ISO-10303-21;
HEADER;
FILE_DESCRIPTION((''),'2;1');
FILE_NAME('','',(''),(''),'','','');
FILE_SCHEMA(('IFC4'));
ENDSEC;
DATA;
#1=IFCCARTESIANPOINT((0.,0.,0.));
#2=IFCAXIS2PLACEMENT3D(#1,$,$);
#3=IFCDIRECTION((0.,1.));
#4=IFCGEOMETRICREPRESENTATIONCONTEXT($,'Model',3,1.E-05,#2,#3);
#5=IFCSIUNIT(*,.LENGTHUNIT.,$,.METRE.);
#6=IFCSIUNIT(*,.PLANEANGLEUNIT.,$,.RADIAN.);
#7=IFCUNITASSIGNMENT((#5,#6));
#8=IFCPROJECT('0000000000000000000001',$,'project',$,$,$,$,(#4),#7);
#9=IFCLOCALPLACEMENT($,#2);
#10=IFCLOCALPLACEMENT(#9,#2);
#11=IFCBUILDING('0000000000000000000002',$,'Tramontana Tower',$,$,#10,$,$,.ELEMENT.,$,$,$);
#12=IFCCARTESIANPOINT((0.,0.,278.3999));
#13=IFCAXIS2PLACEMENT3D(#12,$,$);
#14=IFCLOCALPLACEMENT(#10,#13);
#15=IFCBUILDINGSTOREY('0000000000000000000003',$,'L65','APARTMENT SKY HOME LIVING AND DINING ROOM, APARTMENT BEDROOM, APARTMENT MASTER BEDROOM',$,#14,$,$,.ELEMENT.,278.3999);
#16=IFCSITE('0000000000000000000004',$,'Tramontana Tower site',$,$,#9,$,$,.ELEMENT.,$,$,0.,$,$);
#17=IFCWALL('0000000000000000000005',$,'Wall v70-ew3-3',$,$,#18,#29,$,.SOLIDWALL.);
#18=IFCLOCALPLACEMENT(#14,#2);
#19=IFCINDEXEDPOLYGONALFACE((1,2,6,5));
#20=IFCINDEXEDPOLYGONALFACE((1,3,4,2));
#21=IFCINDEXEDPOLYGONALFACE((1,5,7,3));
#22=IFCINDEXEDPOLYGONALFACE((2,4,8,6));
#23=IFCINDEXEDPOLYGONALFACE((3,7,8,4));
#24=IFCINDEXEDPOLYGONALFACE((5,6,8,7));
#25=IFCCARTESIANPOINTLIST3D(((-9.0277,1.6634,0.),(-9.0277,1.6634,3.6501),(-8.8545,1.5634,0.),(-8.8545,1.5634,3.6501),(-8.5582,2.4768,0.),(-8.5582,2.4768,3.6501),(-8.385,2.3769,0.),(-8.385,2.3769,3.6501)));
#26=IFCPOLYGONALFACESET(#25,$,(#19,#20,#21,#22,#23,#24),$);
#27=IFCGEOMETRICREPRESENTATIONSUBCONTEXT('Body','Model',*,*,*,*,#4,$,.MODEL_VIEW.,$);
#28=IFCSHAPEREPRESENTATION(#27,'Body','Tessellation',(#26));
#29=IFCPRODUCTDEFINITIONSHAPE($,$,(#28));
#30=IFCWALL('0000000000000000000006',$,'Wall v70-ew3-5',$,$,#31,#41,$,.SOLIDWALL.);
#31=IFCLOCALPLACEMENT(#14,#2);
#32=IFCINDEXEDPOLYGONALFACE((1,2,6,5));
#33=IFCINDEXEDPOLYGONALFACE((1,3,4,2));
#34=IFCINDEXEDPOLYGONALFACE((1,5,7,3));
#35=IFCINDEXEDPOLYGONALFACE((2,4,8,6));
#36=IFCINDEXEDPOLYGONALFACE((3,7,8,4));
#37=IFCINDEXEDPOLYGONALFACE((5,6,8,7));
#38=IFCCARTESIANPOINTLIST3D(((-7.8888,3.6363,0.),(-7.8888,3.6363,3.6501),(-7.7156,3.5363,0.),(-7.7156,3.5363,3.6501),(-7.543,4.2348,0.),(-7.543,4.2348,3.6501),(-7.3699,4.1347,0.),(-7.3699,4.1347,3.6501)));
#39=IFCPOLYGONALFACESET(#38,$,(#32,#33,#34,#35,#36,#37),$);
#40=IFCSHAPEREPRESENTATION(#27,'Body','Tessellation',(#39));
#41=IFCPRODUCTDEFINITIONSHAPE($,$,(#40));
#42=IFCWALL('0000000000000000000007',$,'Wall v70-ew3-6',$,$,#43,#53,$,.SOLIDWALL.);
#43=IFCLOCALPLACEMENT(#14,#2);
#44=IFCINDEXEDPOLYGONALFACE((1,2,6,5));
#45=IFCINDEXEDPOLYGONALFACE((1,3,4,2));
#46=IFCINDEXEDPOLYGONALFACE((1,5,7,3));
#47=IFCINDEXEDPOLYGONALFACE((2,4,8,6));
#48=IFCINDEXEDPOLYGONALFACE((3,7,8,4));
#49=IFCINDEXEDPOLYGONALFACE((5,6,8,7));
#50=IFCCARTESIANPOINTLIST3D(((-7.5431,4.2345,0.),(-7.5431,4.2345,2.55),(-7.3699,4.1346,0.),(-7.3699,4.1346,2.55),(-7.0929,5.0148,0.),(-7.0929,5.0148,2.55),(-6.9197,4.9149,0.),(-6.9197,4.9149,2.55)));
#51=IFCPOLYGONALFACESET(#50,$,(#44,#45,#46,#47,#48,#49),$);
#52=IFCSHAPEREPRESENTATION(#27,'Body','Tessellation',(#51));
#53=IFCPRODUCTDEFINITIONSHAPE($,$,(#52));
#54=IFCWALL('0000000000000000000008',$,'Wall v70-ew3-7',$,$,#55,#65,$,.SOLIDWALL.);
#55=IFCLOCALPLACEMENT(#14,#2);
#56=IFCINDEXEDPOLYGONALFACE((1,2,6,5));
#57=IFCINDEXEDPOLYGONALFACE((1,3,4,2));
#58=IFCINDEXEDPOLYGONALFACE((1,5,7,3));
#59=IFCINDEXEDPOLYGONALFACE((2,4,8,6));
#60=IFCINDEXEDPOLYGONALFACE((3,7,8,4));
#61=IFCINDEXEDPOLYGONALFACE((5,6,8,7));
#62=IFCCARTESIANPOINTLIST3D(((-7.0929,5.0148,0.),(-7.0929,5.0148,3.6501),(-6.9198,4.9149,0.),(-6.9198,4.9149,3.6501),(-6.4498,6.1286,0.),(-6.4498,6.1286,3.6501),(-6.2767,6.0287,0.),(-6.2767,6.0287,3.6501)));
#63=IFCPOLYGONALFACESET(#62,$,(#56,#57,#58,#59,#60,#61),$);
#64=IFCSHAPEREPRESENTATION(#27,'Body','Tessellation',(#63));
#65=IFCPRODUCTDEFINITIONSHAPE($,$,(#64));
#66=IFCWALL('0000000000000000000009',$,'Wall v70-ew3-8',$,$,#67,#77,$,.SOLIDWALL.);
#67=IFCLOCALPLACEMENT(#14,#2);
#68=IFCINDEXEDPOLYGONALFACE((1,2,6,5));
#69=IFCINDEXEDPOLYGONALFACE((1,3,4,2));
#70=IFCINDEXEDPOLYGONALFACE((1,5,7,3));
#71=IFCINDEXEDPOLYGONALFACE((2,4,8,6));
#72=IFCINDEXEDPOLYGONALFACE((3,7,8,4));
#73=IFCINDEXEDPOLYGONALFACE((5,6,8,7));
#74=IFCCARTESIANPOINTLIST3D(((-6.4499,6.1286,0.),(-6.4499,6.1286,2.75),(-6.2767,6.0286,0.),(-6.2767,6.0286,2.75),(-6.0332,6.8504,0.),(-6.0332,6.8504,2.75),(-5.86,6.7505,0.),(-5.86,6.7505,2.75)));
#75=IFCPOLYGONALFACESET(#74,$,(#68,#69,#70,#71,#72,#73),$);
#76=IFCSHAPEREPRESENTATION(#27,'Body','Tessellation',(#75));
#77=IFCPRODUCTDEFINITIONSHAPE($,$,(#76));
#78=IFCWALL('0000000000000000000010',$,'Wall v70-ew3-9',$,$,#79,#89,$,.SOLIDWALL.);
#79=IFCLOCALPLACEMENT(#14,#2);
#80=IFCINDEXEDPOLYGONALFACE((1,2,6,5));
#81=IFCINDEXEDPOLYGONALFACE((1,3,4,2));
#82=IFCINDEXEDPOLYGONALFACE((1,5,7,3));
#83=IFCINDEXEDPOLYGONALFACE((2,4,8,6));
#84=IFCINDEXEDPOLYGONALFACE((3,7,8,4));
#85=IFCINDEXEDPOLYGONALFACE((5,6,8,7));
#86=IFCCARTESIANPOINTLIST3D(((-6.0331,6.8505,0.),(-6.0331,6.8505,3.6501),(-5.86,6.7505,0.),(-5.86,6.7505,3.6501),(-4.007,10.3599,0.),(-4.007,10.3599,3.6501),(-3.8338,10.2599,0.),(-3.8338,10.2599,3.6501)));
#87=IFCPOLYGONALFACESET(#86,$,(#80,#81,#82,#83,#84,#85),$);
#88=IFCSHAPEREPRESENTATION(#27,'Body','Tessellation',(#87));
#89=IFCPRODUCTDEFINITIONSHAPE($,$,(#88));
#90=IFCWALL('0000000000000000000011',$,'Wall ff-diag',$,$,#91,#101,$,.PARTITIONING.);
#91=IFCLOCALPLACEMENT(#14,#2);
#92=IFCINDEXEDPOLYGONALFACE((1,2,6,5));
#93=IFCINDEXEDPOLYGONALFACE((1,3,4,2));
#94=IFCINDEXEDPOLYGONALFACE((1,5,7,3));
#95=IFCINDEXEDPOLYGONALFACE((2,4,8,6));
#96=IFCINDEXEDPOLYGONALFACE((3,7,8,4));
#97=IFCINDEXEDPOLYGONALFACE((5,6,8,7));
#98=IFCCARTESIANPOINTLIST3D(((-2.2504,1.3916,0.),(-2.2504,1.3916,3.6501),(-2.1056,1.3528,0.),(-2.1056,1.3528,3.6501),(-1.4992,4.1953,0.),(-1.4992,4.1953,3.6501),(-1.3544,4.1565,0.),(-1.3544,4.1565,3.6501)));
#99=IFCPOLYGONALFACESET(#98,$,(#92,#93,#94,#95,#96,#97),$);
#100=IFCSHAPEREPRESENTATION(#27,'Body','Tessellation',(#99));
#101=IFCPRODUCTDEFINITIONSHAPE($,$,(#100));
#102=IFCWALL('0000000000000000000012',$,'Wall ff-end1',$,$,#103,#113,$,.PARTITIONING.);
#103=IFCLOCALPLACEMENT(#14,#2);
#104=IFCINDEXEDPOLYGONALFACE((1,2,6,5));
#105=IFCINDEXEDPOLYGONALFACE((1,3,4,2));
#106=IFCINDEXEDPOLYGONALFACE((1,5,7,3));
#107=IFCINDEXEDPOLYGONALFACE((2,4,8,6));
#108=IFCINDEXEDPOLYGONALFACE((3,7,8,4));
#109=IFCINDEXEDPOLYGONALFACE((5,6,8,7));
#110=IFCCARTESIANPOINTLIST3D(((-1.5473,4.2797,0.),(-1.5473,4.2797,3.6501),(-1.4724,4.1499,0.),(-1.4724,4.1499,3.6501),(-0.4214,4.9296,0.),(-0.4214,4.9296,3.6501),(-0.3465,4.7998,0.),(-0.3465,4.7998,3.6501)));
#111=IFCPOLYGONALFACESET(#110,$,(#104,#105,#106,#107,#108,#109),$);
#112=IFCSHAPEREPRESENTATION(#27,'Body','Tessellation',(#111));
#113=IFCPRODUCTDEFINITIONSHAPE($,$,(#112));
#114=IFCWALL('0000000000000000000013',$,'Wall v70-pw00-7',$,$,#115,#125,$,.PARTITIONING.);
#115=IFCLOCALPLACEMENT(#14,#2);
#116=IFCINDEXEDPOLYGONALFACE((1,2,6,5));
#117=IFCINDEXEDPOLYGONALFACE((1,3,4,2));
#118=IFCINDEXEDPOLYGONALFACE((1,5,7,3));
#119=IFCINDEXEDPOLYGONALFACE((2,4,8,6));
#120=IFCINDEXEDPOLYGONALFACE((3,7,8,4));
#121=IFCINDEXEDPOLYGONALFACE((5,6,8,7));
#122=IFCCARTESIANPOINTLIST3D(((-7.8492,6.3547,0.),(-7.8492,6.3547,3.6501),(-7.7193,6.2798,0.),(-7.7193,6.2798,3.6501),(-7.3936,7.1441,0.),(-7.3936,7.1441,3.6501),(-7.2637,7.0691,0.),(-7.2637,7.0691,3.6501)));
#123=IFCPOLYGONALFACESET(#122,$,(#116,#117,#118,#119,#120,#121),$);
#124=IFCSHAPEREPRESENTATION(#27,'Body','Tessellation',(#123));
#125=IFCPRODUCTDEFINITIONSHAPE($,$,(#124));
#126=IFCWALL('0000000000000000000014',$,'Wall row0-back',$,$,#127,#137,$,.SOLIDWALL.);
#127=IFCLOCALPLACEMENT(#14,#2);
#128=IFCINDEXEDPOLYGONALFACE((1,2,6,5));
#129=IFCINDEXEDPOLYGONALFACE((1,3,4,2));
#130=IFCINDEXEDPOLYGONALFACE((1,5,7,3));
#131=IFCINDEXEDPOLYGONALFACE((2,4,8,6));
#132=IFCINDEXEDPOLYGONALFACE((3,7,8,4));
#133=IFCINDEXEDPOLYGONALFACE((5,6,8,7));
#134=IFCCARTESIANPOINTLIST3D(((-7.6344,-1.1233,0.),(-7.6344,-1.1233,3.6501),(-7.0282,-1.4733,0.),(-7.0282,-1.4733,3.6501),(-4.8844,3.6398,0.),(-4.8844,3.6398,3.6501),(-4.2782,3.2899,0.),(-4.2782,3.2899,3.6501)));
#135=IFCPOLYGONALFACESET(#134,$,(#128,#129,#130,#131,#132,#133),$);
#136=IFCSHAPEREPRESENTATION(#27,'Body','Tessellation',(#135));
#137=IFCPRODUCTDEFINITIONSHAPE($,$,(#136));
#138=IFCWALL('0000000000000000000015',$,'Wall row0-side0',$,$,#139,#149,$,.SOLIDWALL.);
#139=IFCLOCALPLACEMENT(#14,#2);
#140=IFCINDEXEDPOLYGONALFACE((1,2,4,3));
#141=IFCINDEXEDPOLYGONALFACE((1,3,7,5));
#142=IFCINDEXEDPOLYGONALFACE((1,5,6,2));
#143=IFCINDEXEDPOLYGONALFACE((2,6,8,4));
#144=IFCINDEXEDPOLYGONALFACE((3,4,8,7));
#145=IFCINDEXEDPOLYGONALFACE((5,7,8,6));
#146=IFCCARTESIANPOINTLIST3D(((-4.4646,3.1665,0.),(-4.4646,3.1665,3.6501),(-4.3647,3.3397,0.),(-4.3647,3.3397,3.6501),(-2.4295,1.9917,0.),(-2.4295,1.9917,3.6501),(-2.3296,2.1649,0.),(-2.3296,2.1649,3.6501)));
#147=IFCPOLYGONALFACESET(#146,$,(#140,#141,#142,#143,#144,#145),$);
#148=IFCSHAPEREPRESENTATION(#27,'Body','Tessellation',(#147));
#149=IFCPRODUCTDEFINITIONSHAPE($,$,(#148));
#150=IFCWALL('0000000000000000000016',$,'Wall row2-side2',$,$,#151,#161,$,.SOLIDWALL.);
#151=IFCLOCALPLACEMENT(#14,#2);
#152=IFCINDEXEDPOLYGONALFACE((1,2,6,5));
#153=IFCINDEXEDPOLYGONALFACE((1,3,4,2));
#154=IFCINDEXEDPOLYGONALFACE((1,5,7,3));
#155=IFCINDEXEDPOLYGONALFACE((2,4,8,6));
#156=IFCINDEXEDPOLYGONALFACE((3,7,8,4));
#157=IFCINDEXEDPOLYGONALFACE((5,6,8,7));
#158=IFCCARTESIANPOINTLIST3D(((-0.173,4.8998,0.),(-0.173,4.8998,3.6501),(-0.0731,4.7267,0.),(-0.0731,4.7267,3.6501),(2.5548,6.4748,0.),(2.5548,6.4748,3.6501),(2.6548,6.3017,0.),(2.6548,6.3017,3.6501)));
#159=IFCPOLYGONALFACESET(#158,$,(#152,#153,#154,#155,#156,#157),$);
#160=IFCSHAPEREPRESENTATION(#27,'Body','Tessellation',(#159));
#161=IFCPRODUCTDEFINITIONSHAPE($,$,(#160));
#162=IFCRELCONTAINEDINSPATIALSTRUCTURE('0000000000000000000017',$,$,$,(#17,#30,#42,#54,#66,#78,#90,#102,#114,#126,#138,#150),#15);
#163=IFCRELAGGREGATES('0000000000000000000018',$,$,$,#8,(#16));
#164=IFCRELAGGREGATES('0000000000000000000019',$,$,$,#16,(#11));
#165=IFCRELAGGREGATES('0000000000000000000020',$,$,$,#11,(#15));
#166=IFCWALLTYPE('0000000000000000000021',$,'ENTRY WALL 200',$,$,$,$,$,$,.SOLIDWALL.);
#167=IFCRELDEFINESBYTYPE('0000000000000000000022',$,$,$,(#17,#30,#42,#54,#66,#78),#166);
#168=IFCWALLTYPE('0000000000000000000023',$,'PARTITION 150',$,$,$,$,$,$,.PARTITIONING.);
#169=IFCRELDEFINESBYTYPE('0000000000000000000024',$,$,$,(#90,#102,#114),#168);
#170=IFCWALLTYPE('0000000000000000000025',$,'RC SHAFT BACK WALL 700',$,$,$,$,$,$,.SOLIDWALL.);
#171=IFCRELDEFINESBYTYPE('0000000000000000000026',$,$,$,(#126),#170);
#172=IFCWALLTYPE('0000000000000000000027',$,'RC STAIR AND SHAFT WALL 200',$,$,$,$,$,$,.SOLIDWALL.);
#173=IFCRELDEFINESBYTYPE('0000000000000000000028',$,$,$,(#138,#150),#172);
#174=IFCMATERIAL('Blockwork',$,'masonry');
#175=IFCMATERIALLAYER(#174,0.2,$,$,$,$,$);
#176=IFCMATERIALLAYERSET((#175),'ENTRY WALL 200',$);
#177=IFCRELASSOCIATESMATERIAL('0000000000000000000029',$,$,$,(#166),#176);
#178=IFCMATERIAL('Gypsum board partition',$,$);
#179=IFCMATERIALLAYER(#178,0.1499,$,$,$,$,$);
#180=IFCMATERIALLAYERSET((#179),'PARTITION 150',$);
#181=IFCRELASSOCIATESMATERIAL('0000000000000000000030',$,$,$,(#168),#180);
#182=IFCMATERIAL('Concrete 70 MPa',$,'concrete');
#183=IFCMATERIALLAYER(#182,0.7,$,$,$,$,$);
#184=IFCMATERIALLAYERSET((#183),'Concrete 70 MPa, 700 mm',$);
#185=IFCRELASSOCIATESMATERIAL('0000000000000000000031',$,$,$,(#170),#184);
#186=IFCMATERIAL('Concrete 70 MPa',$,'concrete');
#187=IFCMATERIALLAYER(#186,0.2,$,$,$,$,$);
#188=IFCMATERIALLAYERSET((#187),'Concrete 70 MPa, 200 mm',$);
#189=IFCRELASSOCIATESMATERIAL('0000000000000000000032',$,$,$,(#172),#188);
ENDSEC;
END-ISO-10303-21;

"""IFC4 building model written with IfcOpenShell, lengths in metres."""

from ifc_helpers import new_model, si_unit, direction, frame, frame_2d, origin, place, context, subcontext, project, spatial, rectangle, extrude, material, layer, layer_set, type_object, element, save


model = new_model("IFC4")

# Units and contexts
model_context = context("Model", 3, precision=1e-05, world=origin(), true_north=direction((0.0, 1.0)))
body_context = subcontext(model_context, "Body", "Model", "MODEL_VIEW")
ifc_project = project(units=[si_unit("LENGTHUNIT", "METRE"), si_unit("PLANEANGLEUNIT", "RADIAN")], contexts=[model_context])

# Site, building, storey
site_placement = place(None, origin())
site = spatial("IfcSite", under=ifc_project, at=site_placement, Name="Tramontana Tower site", CompositionType="ELEMENT", RefElevation=0.0)
building_placement = place(site_placement, origin())
building = spatial("IfcBuilding", under=site, at=building_placement, Name="Tramontana Tower", CompositionType="ELEMENT")
storey_placement = place(building_placement, frame((0.0, 0.0, 278.3999)))
storey = spatial("IfcBuildingStorey", under=building, at=storey_placement, Name="L65", Description="APARTMENT SKY HOME LIVING AND DINING ROOM, APARTMENT BEDROOM, APARTMENT MASTER BEDROOM", CompositionType="ELEMENT", Elevation=278.3999)

# Wall
ifc_material_1 = material(Name="Blockwork", Category="masonry")
ifc_layer_1 = layer(ifc_material_1, 0.2)
ifc_layer_set_1 = layer_set([ifc_layer_1], Name="ENTRY WALL 200")
wall_type_1 = type_object("IfcWallType", Name="ENTRY WALL 200", PredefinedType="SOLIDWALL", material=ifc_layer_set_1)
wall_1_placement = place(storey_placement, frame((-8.9412, 1.6133, 0.0), z_axis=(0.0, 0.0, 1.0), x_axis=(0.499857, 0.866108, 0.0)))
element("IfcWall", 1, at=wall_1_placement, inside=storey, type_object=wall_type_1, Name="Wall v70-ew3-3", PredefinedType="SOLIDWALL", context=body_context, shape_type="SweptSolid", body=[
    extrude(rectangle(XDim=0.9392, YDim=0.2, at=frame_2d((0.4697, 0.0))), origin(), (0.0, 0.0, 1.0), 3.6501),
])

# Walls
wall_2_placement = place(storey_placement, frame((-7.8022, 3.5862, 0.0), z_axis=(0.0, 0.0, 1.0), x_axis=(0.500242, 0.865885, 0.0)))
element("IfcWall", 2, at=wall_2_placement, inside=storey, type_object=wall_type_1, Name="Wall v70-ew3-5", PredefinedType="SOLIDWALL", context=body_context, shape_type="SweptSolid", body=[
    extrude(rectangle(XDim=0.6912, YDim=0.2, at=frame_2d((0.3457, 0.0))), origin(), (0.0, 0.0, 1.0), 3.6501),
])
wall_3_placement = place(storey_placement, frame((-7.4565, 4.1846, 0.0), z_axis=(0.0, 0.0, 1.0), x_axis=(0.499754, 0.866168, 0.0)))
element("IfcWall", 3, at=wall_3_placement, inside=storey, type_object=wall_type_1, Name="Wall v70-ew3-6", PredefinedType="SOLIDWALL", context=body_context, shape_type="SweptSolid", body=[
    extrude(rectangle(XDim=0.9009, YDim=0.2, at=frame_2d((0.4504, 0.0))), origin(), (0.0, 0.0, 1.0), 2.55),
])
wall_4_placement = place(storey_placement, frame((-7.0063, 4.9648, 0.0), z_axis=(0.0, 0.0, 1.0), x_axis=(0.500018, 0.866015, 0.0)))
element("IfcWall", 4, at=wall_4_placement, inside=storey, type_object=wall_type_1, Name="Wall v70-ew3-7", PredefinedType="SOLIDWALL", context=body_context, shape_type="SweptSolid", body=[
    extrude(rectangle(XDim=1.2861, YDim=0.2, at=frame_2d((0.6431, 0.0))), origin(), (0.0, 0.0, 1.0), 3.6501),
])
wall_5_placement = place(storey_placement, frame((-6.3633, 6.0786, 0.0), z_axis=(0.0, 0.0, 1.0), x_axis=(0.499951, 0.866054, 0.0)))
element("IfcWall", 5, at=wall_5_placement, inside=storey, type_object=wall_type_1, Name="Wall v70-ew3-8", PredefinedType="SOLIDWALL", context=body_context, shape_type="SweptSolid", body=[
    extrude(rectangle(XDim=0.8335, YDim=0.2, at=frame_2d((0.4167, 0.0))), origin(), (0.0, 0.0, 1.0), 2.75),
])
wall_6_placement = place(storey_placement, frame((-5.9465, 6.8005, 0.0), z_axis=(0.0, 0.0, 1.0), x_axis=(0.500008, 0.866021, 0.0)))
element("IfcWall", 6, at=wall_6_placement, inside=storey, type_object=wall_type_1, Name="Wall v70-ew3-9", PredefinedType="SOLIDWALL", context=body_context, shape_type="SweptSolid", body=[
    extrude(rectangle(XDim=4.0522, YDim=0.2, at=frame_2d((2.0261, 0.0))), origin(), (0.0, 0.0, 1.0), 3.6501),
])
ifc_material_2 = material(Name="Gypsum board partition")
ifc_layer_2 = layer(ifc_material_2, 0.1499)
ifc_layer_set_2 = layer_set([ifc_layer_2], Name="PARTITION 150")
wall_type_2 = type_object("IfcWallType", Name="PARTITION 150", PredefinedType="PARTITIONING", material=ifc_layer_set_2)
wall_7_placement = place(storey_placement, frame((-2.178, 1.3723, 0.0), z_axis=(0.0, 0.0, 1.0), x_axis=(0.258809, 0.965929, 0.0)))
element("IfcWall", 7, at=wall_7_placement, inside=storey, type_object=wall_type_2, Name="Wall ff-diag", PredefinedType="PARTITIONING", context=body_context, shape_type="SweptSolid", body=[
    extrude(rectangle(XDim=2.9026, YDim=0.1499, at=frame_2d((1.4512, 0.0))), origin(), (0.0, 0.0, 1.0), 3.6501),
])
wall_8_placement = place(storey_placement, frame((-1.5098, 4.2148, 0.0), z_axis=(0.0, 0.0, 1.0), x_axis=(0.866086, 0.499896, 0.0)))
element("IfcWall", 8, at=wall_8_placement, inside=storey, type_object=wall_type_2, Name="Wall ff-end1", PredefinedType="PARTITIONING", context=body_context, shape_type="SweptSolid", body=[
    extrude(rectangle(XDim=1.3, YDim=0.1499, at=frame_2d((0.6499, 0.0))), origin(), (0.0, 0.0, 1.0), 3.6501),
])

# Walls
wall_9_placement = place(storey_placement, frame((-7.7842, 6.3174, 0.0), z_axis=(0.0, 0.0, 1.0), x_axis=(0.499885, 0.866092, 0.0)))
element("IfcWall", 9, at=wall_9_placement, inside=storey, type_object=wall_type_2, Name="Wall v70-pw00-7", PredefinedType="PARTITIONING", context=body_context, shape_type="SweptSolid", body=[
    extrude(rectangle(XDim=0.9114, YDim=0.1499, at=frame_2d((0.4556, 0.0))), origin(), (0.0, 0.0, 1.0), 3.6501),
])
ifc_material_3 = material(Name="Concrete 70 MPa", Category="concrete")
ifc_layer_3 = layer(ifc_material_3, 0.7)
ifc_layer_set_3 = layer_set([ifc_layer_3], Name="Concrete 70 MPa, 700 mm")
wall_type_3 = type_object("IfcWallType", Name="RC SHAFT BACK WALL 700", PredefinedType="SOLIDWALL", material=ifc_layer_set_3)
wall_10_placement = place(storey_placement, frame((-4.5813, 3.4648, 0.0), z_axis=(0.0, 0.0, 1.0), x_axis=(-0.499997, -0.866027, 0.0)))
element("IfcWall", 10, at=wall_10_placement, inside=storey, type_object=wall_type_3, Name="Wall row0-back", PredefinedType="SOLIDWALL", context=body_context, shape_type="SweptSolid", body=[
    extrude(rectangle(XDim=5.5, YDim=0.7, at=frame_2d((2.75, 0.0))), origin(), (0.0, 0.0, 1.0), 3.6501),
])

# Shared definitions
ifc_material_4 = material(Name="Concrete 70 MPa", Category="concrete")
ifc_layer_4 = layer(ifc_material_4, 0.2)
ifc_layer_set_4 = layer_set([ifc_layer_4], Name="Concrete 70 MPa, 200 mm")
wall_type_4 = type_object("IfcWallType", Name="RC STAIR AND SHAFT WALL 200", PredefinedType="SOLIDWALL", material=ifc_layer_set_4)

# Walls
wall_11_placement = place(storey_placement, frame((-2.3796, 2.0784, 0.0), z_axis=(0.0, 0.0, 1.0), x_axis=(-0.866061, 0.499938, 0.0)))
element("IfcWall", 11, at=wall_11_placement, inside=storey, type_object=wall_type_4, Name="Wall row0-side0", PredefinedType="SOLIDWALL", context=body_context, shape_type="SweptSolid", body=[
    extrude(rectangle(XDim=2.3499, YDim=0.2, at=frame_2d((1.1748, 0.0))), origin(), (0.0, 0.0, 1.0), 3.6501),
])
wall_12_placement = place(storey_placement, frame((-0.123, 4.8132, 0.0), z_axis=(0.0, 0.0, 1.0), x_axis=(0.866016, 0.500015, 0.0)))
element("IfcWall", 12, at=wall_12_placement, inside=storey, type_object=wall_type_4, Name="Wall row2-side2", PredefinedType="SOLIDWALL", context=body_context, shape_type="SweptSolid", body=[
    extrude(rectangle(XDim=3.1499, YDim=0.2, at=frame_2d((1.575, 0.0))), origin(), (0.0, 0.0, 1.0), 3.6501),
])

save(model, "model.ifc")
